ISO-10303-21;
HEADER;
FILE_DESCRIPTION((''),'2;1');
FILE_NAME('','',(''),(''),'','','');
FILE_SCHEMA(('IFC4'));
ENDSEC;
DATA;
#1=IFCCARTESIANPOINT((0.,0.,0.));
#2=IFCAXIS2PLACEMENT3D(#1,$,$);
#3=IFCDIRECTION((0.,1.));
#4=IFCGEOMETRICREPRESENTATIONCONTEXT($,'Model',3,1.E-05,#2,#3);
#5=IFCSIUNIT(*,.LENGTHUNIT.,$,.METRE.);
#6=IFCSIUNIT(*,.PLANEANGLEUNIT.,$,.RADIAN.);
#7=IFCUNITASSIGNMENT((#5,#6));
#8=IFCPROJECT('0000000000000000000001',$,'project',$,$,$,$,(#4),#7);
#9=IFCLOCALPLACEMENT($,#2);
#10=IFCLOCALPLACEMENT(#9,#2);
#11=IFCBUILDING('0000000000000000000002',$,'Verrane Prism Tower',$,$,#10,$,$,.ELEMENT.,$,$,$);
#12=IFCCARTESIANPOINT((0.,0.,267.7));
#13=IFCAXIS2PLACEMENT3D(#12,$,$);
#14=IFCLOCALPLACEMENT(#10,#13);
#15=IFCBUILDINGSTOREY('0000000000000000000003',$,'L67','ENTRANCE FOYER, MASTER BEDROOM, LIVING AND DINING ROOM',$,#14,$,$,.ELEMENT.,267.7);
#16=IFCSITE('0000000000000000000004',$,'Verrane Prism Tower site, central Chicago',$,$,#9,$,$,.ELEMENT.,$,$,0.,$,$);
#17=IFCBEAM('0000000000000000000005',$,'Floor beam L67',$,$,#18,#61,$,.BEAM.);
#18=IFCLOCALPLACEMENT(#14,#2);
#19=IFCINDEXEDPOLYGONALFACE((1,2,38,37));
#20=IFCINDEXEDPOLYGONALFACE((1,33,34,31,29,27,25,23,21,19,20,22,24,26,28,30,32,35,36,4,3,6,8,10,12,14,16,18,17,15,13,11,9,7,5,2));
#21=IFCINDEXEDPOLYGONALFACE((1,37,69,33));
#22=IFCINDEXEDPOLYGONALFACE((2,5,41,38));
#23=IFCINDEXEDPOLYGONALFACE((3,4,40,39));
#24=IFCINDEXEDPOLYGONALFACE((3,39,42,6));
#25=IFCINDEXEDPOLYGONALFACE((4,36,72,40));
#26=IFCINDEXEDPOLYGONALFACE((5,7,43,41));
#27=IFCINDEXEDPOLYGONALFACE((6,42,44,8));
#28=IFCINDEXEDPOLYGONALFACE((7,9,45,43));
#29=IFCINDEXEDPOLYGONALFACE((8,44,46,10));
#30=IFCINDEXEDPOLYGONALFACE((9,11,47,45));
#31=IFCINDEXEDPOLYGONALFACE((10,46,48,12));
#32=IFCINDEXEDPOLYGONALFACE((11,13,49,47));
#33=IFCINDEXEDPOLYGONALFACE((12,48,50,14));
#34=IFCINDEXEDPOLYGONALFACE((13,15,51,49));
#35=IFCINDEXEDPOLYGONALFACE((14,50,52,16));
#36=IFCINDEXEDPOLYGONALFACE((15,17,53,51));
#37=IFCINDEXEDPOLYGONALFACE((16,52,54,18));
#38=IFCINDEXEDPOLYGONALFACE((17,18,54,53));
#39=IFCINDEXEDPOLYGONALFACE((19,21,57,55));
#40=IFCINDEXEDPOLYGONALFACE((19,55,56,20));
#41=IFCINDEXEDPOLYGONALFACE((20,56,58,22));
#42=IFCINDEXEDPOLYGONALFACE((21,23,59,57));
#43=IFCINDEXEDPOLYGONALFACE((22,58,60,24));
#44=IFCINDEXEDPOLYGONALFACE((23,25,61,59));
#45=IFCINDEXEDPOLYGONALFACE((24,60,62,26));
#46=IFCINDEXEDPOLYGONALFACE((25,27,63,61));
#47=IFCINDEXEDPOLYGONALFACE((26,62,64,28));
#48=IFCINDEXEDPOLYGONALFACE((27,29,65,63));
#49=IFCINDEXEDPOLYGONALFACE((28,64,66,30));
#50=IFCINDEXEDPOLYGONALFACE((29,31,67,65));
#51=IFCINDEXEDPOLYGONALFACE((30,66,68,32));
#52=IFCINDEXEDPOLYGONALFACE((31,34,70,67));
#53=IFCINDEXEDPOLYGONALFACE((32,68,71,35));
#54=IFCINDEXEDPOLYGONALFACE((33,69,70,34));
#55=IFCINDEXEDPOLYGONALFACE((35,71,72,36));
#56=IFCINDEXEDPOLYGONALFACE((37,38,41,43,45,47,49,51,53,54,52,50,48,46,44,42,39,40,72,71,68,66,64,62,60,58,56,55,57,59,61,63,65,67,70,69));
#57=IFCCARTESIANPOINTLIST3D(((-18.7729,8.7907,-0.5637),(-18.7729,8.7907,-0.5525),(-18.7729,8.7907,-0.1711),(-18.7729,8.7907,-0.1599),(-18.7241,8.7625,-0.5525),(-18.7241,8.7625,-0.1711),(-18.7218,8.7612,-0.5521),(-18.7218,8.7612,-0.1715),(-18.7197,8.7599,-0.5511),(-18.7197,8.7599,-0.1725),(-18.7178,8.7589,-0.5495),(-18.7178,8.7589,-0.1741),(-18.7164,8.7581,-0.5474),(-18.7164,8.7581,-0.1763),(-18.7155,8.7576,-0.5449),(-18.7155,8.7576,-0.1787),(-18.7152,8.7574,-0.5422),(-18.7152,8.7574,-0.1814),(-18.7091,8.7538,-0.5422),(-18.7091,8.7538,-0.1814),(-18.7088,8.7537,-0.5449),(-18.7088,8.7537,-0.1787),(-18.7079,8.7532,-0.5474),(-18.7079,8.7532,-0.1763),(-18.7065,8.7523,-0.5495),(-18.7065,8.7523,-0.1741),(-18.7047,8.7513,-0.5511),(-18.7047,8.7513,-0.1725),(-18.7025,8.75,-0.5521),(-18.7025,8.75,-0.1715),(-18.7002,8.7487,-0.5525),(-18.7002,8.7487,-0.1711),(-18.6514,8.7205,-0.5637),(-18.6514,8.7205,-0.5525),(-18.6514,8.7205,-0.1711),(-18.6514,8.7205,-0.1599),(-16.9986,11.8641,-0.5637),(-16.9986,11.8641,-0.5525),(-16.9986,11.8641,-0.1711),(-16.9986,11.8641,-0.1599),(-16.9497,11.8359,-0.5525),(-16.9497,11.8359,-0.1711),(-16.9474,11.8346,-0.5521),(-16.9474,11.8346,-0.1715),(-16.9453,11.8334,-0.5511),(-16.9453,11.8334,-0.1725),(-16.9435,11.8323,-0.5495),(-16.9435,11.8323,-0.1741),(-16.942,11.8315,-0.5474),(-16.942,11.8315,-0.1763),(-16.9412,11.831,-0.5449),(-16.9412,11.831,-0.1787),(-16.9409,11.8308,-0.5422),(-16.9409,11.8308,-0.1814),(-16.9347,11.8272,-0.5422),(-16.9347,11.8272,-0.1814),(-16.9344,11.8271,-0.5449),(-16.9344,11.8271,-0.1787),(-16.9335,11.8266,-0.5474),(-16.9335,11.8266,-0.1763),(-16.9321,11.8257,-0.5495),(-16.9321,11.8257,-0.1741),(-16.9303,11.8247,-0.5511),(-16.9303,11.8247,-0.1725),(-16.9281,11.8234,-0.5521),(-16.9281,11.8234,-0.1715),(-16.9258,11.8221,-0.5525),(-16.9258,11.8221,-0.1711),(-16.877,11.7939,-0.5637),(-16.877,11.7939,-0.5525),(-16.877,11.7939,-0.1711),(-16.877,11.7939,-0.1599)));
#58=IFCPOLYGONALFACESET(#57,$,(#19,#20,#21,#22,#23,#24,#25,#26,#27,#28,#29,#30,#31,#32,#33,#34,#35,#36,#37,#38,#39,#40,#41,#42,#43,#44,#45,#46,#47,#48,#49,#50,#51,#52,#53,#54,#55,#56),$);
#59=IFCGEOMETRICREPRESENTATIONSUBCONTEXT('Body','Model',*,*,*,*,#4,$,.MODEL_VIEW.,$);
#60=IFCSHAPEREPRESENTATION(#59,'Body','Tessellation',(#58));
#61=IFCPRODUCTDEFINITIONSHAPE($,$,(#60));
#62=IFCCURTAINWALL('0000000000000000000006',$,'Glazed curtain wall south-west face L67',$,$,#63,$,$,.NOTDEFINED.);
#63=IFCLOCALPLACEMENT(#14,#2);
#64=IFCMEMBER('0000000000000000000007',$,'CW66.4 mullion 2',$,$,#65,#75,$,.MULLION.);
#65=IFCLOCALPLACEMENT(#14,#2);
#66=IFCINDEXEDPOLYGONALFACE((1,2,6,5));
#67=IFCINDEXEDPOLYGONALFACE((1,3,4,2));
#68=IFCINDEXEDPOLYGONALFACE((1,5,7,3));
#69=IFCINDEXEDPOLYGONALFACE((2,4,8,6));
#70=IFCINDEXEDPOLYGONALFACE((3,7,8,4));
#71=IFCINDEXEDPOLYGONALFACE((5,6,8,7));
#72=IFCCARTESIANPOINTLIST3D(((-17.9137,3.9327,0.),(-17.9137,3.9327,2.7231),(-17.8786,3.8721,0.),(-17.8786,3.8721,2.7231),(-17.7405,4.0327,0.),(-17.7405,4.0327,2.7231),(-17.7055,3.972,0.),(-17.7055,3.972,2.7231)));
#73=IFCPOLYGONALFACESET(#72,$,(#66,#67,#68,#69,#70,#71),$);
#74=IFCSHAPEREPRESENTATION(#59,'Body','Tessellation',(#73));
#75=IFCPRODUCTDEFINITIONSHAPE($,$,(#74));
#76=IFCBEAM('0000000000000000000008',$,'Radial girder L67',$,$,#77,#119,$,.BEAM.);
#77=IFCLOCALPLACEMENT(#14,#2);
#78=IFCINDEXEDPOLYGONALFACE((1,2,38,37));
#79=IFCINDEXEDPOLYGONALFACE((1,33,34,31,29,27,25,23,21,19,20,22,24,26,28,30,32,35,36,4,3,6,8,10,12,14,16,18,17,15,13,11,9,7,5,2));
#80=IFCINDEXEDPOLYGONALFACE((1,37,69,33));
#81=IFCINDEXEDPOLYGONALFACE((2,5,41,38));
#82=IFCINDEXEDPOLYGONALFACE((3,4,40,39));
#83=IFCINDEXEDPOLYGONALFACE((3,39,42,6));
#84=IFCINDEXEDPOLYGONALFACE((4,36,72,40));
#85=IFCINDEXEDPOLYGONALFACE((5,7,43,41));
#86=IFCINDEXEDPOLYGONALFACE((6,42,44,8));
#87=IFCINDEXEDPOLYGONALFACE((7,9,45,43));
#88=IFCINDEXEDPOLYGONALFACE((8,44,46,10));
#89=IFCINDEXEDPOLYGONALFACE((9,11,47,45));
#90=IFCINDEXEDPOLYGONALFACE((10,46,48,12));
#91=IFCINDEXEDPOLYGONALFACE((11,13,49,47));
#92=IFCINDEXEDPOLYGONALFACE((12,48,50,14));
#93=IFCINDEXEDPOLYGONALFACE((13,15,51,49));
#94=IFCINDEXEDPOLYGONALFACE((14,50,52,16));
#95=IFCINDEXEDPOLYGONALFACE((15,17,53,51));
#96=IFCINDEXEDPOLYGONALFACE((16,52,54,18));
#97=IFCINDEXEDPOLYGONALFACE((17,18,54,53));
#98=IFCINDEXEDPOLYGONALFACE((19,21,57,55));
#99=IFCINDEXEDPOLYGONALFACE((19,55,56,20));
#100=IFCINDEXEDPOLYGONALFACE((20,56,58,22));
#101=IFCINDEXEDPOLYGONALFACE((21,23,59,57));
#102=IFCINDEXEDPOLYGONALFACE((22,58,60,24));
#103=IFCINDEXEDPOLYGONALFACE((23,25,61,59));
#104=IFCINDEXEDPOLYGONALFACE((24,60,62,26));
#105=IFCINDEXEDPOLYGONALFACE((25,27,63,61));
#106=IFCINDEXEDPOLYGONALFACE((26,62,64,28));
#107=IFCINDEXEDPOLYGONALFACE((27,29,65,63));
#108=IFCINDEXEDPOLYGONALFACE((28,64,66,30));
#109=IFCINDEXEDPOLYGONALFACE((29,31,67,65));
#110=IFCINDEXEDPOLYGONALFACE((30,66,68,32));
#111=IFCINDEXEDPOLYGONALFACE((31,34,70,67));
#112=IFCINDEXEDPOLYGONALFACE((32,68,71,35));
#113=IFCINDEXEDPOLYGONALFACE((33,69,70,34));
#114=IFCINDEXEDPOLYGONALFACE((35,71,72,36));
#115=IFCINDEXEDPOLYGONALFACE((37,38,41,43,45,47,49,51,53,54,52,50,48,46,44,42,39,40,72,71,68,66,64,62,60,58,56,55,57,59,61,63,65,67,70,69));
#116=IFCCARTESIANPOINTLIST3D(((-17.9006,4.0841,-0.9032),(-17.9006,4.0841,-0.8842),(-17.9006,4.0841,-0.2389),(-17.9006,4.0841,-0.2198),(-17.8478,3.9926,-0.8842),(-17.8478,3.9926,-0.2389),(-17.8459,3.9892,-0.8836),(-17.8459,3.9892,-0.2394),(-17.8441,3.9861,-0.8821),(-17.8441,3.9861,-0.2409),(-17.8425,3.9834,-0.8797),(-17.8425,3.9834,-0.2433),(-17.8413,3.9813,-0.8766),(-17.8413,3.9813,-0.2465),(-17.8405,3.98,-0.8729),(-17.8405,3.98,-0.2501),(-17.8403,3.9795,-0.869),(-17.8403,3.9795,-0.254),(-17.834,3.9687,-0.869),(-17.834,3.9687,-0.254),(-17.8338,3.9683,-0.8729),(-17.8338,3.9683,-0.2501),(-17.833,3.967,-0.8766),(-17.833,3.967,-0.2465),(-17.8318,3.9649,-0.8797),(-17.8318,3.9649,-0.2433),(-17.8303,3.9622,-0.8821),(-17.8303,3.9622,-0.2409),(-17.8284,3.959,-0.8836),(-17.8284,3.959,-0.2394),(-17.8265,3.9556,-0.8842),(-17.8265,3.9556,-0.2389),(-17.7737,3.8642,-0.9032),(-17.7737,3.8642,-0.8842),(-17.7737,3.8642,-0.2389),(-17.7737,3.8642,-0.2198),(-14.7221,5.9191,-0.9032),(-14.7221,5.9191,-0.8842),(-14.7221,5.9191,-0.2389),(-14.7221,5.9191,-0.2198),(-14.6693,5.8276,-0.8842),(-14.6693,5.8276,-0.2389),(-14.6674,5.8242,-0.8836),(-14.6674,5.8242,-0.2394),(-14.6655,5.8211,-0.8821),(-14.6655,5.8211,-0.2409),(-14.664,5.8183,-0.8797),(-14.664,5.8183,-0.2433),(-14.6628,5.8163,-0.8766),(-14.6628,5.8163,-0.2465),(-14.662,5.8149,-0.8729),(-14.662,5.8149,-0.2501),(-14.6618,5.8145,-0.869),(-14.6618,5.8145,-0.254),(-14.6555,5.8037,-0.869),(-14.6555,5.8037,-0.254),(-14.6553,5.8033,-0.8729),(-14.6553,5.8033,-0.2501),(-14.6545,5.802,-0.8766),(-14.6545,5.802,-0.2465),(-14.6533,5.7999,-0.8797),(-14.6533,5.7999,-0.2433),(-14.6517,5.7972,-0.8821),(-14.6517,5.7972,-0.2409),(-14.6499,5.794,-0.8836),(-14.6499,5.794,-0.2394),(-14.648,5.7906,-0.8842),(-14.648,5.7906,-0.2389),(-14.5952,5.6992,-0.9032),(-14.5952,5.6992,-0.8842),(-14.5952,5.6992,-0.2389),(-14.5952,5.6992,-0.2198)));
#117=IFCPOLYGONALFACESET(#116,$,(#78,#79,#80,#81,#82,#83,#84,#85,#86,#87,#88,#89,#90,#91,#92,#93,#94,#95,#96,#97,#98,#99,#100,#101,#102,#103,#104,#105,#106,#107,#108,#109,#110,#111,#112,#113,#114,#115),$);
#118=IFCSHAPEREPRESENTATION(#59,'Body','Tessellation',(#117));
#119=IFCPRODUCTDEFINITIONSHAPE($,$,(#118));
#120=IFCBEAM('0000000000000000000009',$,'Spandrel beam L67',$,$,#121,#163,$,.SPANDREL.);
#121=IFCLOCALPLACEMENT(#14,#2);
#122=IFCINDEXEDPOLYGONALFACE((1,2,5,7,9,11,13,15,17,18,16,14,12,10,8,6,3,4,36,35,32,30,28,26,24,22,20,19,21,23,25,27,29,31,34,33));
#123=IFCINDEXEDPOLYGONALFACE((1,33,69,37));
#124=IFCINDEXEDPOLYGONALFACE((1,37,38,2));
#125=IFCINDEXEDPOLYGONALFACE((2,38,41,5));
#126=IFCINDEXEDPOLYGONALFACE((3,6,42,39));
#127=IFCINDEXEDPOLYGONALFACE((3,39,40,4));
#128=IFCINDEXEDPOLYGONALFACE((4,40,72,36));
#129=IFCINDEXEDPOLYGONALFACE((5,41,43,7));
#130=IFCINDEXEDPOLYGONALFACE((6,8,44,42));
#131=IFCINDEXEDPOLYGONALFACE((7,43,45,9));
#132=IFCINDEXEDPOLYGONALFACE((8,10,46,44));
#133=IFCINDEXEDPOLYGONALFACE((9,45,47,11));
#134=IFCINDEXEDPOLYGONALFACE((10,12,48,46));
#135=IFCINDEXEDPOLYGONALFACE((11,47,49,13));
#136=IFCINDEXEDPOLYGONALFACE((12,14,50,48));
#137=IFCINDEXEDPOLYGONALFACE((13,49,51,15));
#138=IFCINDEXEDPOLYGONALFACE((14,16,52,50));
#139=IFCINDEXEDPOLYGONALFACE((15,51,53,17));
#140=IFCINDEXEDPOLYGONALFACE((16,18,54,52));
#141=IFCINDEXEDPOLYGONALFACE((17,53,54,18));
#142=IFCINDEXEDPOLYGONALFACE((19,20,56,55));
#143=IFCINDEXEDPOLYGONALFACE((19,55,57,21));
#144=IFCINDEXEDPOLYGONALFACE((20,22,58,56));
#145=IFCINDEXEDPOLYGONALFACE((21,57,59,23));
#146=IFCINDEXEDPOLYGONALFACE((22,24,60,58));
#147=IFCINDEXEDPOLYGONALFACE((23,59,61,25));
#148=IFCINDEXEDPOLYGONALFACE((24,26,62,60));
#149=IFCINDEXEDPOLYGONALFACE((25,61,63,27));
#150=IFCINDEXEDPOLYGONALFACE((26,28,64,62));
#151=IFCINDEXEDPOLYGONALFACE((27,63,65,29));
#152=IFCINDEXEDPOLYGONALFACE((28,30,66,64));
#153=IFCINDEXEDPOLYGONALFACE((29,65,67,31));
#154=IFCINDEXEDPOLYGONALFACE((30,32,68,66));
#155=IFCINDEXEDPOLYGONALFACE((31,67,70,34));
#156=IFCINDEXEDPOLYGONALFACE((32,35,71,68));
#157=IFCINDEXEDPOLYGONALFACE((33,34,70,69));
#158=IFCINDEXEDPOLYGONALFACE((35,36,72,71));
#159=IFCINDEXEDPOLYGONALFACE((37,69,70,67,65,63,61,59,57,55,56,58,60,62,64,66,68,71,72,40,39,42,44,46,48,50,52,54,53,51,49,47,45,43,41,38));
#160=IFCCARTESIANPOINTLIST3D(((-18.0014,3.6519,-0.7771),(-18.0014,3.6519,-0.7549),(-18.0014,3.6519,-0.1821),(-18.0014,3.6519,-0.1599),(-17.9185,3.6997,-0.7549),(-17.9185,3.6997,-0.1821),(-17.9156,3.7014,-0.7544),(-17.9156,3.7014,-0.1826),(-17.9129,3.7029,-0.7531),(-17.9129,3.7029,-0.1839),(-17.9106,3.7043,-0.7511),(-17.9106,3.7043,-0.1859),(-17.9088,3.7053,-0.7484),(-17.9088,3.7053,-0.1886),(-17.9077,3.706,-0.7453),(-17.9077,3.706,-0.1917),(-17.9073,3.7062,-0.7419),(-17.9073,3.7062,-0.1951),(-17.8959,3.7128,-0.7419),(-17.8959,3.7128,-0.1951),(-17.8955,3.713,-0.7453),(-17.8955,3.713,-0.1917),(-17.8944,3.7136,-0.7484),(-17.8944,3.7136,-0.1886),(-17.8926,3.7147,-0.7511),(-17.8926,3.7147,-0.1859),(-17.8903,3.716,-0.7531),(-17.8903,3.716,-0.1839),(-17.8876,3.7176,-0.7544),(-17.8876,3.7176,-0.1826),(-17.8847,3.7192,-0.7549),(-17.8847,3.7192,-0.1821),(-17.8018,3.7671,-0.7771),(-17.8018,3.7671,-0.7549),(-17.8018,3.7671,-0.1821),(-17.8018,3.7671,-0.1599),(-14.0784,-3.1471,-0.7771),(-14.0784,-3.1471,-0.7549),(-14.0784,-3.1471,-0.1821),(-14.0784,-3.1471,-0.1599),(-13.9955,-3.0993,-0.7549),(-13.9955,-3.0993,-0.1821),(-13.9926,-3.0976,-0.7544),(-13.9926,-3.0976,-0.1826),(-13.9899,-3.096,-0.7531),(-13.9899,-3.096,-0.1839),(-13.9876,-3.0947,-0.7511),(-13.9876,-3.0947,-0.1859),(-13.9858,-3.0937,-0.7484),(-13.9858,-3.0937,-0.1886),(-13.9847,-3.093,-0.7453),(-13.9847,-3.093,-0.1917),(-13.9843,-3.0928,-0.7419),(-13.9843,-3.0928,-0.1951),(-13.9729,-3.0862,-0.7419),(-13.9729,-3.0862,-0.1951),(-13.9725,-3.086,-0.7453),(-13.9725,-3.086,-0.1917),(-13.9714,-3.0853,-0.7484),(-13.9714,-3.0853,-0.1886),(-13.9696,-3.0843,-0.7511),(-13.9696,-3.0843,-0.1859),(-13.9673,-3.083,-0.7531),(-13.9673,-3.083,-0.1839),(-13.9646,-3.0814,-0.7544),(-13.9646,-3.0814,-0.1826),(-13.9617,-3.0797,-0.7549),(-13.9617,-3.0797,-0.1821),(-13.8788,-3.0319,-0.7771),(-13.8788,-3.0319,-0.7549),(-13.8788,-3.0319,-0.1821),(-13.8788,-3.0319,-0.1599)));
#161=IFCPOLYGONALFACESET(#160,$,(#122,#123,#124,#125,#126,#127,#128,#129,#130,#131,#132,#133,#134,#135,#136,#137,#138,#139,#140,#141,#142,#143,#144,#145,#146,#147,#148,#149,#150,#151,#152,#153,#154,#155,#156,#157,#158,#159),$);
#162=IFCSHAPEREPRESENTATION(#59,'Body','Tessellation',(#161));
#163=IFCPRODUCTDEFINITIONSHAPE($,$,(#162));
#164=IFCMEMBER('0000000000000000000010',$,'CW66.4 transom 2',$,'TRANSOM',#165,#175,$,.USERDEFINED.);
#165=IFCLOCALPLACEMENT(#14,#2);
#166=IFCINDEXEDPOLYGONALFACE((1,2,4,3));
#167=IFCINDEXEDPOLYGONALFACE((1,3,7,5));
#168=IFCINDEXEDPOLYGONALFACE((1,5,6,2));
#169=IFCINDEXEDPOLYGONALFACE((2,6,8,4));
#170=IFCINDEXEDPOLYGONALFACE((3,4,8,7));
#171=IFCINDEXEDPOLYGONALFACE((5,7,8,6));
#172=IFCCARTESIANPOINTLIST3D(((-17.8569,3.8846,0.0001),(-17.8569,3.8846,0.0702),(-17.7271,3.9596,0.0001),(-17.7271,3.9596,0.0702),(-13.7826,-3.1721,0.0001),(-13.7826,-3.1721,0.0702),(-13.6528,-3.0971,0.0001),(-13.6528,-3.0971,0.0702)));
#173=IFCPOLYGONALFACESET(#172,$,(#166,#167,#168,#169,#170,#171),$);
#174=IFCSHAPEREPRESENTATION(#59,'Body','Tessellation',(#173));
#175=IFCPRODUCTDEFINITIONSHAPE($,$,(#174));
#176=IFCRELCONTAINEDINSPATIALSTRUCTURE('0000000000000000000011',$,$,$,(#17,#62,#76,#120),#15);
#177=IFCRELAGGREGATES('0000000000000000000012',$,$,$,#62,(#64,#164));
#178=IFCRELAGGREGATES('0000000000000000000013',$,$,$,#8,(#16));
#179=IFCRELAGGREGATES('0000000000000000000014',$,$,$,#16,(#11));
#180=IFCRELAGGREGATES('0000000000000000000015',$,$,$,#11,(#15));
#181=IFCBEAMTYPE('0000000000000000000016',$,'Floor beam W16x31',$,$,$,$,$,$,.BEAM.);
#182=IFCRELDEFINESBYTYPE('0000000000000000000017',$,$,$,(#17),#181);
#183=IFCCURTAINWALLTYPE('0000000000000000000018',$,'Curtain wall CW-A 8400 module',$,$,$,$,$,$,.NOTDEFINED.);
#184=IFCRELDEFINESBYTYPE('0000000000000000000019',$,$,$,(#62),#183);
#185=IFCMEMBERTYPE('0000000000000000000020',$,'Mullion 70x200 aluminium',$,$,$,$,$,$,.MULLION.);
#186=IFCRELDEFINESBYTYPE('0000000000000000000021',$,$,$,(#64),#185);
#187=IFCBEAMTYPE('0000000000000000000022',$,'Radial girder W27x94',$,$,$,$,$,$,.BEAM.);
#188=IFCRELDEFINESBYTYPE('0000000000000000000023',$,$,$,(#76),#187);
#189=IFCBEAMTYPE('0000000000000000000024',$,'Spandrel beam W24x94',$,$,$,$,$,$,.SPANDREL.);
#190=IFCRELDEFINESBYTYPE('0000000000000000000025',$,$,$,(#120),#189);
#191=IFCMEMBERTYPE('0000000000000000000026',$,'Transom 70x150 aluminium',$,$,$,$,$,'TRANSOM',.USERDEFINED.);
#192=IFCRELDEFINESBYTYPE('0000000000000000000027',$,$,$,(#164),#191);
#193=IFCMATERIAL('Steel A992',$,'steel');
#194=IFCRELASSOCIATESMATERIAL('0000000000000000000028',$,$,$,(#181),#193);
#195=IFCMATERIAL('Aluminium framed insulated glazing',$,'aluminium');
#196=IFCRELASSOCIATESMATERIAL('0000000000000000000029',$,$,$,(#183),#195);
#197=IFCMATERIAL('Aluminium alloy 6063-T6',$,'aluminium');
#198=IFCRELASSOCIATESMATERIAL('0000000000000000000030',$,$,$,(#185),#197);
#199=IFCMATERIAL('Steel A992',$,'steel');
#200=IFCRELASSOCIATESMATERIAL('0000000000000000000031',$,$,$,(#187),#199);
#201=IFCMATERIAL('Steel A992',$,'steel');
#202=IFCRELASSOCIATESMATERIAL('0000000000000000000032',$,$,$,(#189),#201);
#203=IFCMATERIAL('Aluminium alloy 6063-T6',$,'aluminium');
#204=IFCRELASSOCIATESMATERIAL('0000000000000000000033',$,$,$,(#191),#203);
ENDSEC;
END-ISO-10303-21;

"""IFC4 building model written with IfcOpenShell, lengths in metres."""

from ifc_helpers import new_model, si_unit, direction, frame, origin, origin_2d, place, context, subcontext, project, spatial, rectangle, i_section, extrude, material, material_profile, profile_set, type_object, element, aggregate, save


model = new_model("IFC4")

# Units and contexts
model_context = context("Model", 3, precision=1e-05, world=origin(), true_north=direction((0.0, 1.0)))
body_context = subcontext(model_context, "Body", "Model", "MODEL_VIEW")
ifc_project = project(units=[si_unit("LENGTHUNIT", "METRE"), si_unit("PLANEANGLEUNIT", "RADIAN")], contexts=[model_context])

# Site, building, storey
site_placement = place(None, origin())
site = spatial("IfcSite", under=ifc_project, at=site_placement, Name="Verrane Prism Tower site, central Chicago", CompositionType="ELEMENT", RefElevation=0.0)
building_placement = place(site_placement, origin())
building = spatial("IfcBuilding", under=site, at=building_placement, Name="Verrane Prism Tower", CompositionType="ELEMENT")
storey_placement = place(building_placement, frame((0.0, 0.0, 267.7)))
storey = spatial("IfcBuildingStorey", under=building, at=storey_placement, Name="L67", Description="ENTRANCE FOYER, MASTER BEDROOM, LIVING AND DINING ROOM", CompositionType="ELEMENT", Elevation=267.7)

# Beam
ifc_material_1 = material(Name="Steel A992", Category="steel")
ifc_material_profile_1 = material_profile(ifc_material_1, i_section(OverallWidth=0.1404, OverallDepth=0.4038, WebThickness=0.0071, FlangeThickness=0.0112, FilletRadius=0.0103, at=origin_2d()), Name="W16x31")
ifc_profile_set_1 = profile_set([ifc_material_profile_1], Name="Steel A992")
beam_type_1 = type_object("IfcBeamType", Name="Floor beam W16x31", PredefinedType="BEAM", material=ifc_profile_set_1)
beam_1_placement = place(storey_placement, frame((-18.7122, 8.7556, -0.3618), z_axis=(0.499986, 0.866033, 0.0), x_axis=(-0.866033, 0.499986, 0.0)))
element("IfcBeam", 1, at=beam_1_placement, inside=storey, type_object=beam_type_1, Name="Floor beam L67", PredefinedType="BEAM", context=body_context, shape_type="SweptSolid", body=[
    extrude(i_section(OverallWidth=0.1404, OverallDepth=0.4038, WebThickness=0.0071, FlangeThickness=0.0112, FilletRadius=0.0103, at=origin_2d()), origin(), (0.0, 0.0, 1.0), 3.5488),
])

# Curtain wall, member
ifc_material_2 = material(Name="Aluminium framed insulated glazing", Category="aluminium")
curtain_wall_type = type_object("IfcCurtainWallType", Name="Curtain wall CW-A 8400 module", PredefinedType="NOTDEFINED", material=ifc_material_2)
curtain_wall_placement = place(storey_placement, origin())
curtain_wall = element("IfcCurtainWall", 2, at=curtain_wall_placement, inside=storey, type_object=curtain_wall_type, Name="Glazed curtain wall south-west face L67", PredefinedType="NOTDEFINED")
ifc_material_3 = material(Name="Aluminium alloy 6063-T6", Category="aluminium")
ifc_material_profile_2 = material_profile(ifc_material_3, rectangle(XDim=0.2, YDim=0.0701, at=origin_2d()), Name="Mullion 70x200 aluminium")
ifc_profile_set_2 = profile_set([ifc_material_profile_2], Name="Aluminium alloy 6063-T6")
member_type_1 = type_object("IfcMemberType", Name="Mullion 70x200 aluminium", PredefinedType="MULLION", material=ifc_profile_set_2)
member_1_placement = place(storey_placement, frame((-17.8096, 3.9524, 0.0), z_axis=(0.0, 0.0, 1.0), x_axis=(0.866025, 0.500001, 0.0)))
member_1 = element("IfcMember", 3, at=member_1_placement, type_object=member_type_1, Name="CW66.4 mullion 2", PredefinedType="MULLION", context=body_context, shape_type="SweptSolid", body=[
    extrude(rectangle(XDim=0.2, YDim=0.0701, at=origin_2d()), origin(), (0.0, 0.0, 1.0), 2.7231),
])

# Beams
ifc_material_4 = material(Name="Steel A992", Category="steel")
ifc_material_profile_3 = material_profile(ifc_material_4, i_section(OverallWidth=0.2539, OverallDepth=0.6833, WebThickness=0.0125, FlangeThickness=0.019, FilletRadius=0.0151, at=origin_2d()), Name="W27x94")
ifc_profile_set_3 = profile_set([ifc_material_profile_3], Name="Steel A992")
beam_type_2 = type_object("IfcBeamType", Name="Radial girder W27x94", PredefinedType="BEAM", material=ifc_profile_set_3)
beam_2_placement = place(storey_placement, frame((-17.8372, 3.9741, -0.5615), z_axis=(0.86604, 0.499974, 0.0), x_axis=(-0.499974, 0.86604, 0.0)))
element("IfcBeam", 4, at=beam_2_placement, inside=storey, type_object=beam_type_2, Name="Radial girder L67", PredefinedType="BEAM", context=body_context, shape_type="SweptSolid", body=[
    extrude(i_section(OverallWidth=0.2539, OverallDepth=0.6833, WebThickness=0.0125, FlangeThickness=0.019, FilletRadius=0.0151, at=origin_2d()), origin(), (0.0, 0.0, 1.0), 3.6702),
])
ifc_material_5 = material(Name="Steel A992", Category="steel")
ifc_material_profile_4 = material_profile(ifc_material_5, i_section(OverallWidth=0.2305, OverallDepth=0.6172, WebThickness=0.0132, FlangeThickness=0.0222, FilletRadius=0.0129, at=origin_2d()), Name="W24x94")
ifc_profile_set_4 = profile_set([ifc_material_profile_4], Name="Steel A992")
beam_type_3 = type_object("IfcBeamType", Name="Spandrel beam W24x94", PredefinedType="SPANDREL", material=ifc_profile_set_4)
beam_3_placement = place(storey_placement, frame((-17.9016, 3.7095, -0.4685), z_axis=(0.499775, -0.866155, 0.0), x_axis=(0.866155, 0.499775, 0.0)))
element("IfcBeam", 5, at=beam_3_placement, inside=storey, type_object=beam_type_3, Name="Spandrel beam L67", PredefinedType="SPANDREL", context=body_context, shape_type="SweptSolid", body=[
    extrude(i_section(OverallWidth=0.2305, OverallDepth=0.6172, WebThickness=0.0132, FlangeThickness=0.0222, FilletRadius=0.0129, at=origin_2d()), origin(), (0.0, 0.0, 1.0), 7.8496),
])

# Member
ifc_material_6 = material(Name="Aluminium alloy 6063-T6", Category="aluminium")
ifc_material_profile_5 = material_profile(ifc_material_6, rectangle(XDim=0.1499, YDim=0.0701, at=origin_2d()), Name="Transom 70x150 aluminium")
ifc_profile_set_5 = profile_set([ifc_material_profile_5], Name="Aluminium alloy 6063-T6")
member_type_2 = type_object("IfcMemberType", Name="Transom 70x150 aluminium", ElementType="TRANSOM", PredefinedType="USERDEFINED", material=ifc_profile_set_5)
member_2_placement = place(storey_placement, frame((-17.792, 3.9221, 0.0352), z_axis=(0.500006, -0.866022, 0.0), x_axis=(0.866022, 0.500006, 0.0)))
member_2 = element("IfcMember", 6, at=member_2_placement, type_object=member_type_2, Name="CW66.4 transom 2", ObjectType="TRANSOM", PredefinedType="USERDEFINED", context=body_context, shape_type="SweptSolid", body=[
    extrude(rectangle(XDim=0.1499, YDim=0.0701, at=origin_2d()), origin(), (0.0, 0.0, 1.0), 8.1484),
])

aggregate(curtain_wall, [member_1, member_2])

save(model, "model.ifc")
